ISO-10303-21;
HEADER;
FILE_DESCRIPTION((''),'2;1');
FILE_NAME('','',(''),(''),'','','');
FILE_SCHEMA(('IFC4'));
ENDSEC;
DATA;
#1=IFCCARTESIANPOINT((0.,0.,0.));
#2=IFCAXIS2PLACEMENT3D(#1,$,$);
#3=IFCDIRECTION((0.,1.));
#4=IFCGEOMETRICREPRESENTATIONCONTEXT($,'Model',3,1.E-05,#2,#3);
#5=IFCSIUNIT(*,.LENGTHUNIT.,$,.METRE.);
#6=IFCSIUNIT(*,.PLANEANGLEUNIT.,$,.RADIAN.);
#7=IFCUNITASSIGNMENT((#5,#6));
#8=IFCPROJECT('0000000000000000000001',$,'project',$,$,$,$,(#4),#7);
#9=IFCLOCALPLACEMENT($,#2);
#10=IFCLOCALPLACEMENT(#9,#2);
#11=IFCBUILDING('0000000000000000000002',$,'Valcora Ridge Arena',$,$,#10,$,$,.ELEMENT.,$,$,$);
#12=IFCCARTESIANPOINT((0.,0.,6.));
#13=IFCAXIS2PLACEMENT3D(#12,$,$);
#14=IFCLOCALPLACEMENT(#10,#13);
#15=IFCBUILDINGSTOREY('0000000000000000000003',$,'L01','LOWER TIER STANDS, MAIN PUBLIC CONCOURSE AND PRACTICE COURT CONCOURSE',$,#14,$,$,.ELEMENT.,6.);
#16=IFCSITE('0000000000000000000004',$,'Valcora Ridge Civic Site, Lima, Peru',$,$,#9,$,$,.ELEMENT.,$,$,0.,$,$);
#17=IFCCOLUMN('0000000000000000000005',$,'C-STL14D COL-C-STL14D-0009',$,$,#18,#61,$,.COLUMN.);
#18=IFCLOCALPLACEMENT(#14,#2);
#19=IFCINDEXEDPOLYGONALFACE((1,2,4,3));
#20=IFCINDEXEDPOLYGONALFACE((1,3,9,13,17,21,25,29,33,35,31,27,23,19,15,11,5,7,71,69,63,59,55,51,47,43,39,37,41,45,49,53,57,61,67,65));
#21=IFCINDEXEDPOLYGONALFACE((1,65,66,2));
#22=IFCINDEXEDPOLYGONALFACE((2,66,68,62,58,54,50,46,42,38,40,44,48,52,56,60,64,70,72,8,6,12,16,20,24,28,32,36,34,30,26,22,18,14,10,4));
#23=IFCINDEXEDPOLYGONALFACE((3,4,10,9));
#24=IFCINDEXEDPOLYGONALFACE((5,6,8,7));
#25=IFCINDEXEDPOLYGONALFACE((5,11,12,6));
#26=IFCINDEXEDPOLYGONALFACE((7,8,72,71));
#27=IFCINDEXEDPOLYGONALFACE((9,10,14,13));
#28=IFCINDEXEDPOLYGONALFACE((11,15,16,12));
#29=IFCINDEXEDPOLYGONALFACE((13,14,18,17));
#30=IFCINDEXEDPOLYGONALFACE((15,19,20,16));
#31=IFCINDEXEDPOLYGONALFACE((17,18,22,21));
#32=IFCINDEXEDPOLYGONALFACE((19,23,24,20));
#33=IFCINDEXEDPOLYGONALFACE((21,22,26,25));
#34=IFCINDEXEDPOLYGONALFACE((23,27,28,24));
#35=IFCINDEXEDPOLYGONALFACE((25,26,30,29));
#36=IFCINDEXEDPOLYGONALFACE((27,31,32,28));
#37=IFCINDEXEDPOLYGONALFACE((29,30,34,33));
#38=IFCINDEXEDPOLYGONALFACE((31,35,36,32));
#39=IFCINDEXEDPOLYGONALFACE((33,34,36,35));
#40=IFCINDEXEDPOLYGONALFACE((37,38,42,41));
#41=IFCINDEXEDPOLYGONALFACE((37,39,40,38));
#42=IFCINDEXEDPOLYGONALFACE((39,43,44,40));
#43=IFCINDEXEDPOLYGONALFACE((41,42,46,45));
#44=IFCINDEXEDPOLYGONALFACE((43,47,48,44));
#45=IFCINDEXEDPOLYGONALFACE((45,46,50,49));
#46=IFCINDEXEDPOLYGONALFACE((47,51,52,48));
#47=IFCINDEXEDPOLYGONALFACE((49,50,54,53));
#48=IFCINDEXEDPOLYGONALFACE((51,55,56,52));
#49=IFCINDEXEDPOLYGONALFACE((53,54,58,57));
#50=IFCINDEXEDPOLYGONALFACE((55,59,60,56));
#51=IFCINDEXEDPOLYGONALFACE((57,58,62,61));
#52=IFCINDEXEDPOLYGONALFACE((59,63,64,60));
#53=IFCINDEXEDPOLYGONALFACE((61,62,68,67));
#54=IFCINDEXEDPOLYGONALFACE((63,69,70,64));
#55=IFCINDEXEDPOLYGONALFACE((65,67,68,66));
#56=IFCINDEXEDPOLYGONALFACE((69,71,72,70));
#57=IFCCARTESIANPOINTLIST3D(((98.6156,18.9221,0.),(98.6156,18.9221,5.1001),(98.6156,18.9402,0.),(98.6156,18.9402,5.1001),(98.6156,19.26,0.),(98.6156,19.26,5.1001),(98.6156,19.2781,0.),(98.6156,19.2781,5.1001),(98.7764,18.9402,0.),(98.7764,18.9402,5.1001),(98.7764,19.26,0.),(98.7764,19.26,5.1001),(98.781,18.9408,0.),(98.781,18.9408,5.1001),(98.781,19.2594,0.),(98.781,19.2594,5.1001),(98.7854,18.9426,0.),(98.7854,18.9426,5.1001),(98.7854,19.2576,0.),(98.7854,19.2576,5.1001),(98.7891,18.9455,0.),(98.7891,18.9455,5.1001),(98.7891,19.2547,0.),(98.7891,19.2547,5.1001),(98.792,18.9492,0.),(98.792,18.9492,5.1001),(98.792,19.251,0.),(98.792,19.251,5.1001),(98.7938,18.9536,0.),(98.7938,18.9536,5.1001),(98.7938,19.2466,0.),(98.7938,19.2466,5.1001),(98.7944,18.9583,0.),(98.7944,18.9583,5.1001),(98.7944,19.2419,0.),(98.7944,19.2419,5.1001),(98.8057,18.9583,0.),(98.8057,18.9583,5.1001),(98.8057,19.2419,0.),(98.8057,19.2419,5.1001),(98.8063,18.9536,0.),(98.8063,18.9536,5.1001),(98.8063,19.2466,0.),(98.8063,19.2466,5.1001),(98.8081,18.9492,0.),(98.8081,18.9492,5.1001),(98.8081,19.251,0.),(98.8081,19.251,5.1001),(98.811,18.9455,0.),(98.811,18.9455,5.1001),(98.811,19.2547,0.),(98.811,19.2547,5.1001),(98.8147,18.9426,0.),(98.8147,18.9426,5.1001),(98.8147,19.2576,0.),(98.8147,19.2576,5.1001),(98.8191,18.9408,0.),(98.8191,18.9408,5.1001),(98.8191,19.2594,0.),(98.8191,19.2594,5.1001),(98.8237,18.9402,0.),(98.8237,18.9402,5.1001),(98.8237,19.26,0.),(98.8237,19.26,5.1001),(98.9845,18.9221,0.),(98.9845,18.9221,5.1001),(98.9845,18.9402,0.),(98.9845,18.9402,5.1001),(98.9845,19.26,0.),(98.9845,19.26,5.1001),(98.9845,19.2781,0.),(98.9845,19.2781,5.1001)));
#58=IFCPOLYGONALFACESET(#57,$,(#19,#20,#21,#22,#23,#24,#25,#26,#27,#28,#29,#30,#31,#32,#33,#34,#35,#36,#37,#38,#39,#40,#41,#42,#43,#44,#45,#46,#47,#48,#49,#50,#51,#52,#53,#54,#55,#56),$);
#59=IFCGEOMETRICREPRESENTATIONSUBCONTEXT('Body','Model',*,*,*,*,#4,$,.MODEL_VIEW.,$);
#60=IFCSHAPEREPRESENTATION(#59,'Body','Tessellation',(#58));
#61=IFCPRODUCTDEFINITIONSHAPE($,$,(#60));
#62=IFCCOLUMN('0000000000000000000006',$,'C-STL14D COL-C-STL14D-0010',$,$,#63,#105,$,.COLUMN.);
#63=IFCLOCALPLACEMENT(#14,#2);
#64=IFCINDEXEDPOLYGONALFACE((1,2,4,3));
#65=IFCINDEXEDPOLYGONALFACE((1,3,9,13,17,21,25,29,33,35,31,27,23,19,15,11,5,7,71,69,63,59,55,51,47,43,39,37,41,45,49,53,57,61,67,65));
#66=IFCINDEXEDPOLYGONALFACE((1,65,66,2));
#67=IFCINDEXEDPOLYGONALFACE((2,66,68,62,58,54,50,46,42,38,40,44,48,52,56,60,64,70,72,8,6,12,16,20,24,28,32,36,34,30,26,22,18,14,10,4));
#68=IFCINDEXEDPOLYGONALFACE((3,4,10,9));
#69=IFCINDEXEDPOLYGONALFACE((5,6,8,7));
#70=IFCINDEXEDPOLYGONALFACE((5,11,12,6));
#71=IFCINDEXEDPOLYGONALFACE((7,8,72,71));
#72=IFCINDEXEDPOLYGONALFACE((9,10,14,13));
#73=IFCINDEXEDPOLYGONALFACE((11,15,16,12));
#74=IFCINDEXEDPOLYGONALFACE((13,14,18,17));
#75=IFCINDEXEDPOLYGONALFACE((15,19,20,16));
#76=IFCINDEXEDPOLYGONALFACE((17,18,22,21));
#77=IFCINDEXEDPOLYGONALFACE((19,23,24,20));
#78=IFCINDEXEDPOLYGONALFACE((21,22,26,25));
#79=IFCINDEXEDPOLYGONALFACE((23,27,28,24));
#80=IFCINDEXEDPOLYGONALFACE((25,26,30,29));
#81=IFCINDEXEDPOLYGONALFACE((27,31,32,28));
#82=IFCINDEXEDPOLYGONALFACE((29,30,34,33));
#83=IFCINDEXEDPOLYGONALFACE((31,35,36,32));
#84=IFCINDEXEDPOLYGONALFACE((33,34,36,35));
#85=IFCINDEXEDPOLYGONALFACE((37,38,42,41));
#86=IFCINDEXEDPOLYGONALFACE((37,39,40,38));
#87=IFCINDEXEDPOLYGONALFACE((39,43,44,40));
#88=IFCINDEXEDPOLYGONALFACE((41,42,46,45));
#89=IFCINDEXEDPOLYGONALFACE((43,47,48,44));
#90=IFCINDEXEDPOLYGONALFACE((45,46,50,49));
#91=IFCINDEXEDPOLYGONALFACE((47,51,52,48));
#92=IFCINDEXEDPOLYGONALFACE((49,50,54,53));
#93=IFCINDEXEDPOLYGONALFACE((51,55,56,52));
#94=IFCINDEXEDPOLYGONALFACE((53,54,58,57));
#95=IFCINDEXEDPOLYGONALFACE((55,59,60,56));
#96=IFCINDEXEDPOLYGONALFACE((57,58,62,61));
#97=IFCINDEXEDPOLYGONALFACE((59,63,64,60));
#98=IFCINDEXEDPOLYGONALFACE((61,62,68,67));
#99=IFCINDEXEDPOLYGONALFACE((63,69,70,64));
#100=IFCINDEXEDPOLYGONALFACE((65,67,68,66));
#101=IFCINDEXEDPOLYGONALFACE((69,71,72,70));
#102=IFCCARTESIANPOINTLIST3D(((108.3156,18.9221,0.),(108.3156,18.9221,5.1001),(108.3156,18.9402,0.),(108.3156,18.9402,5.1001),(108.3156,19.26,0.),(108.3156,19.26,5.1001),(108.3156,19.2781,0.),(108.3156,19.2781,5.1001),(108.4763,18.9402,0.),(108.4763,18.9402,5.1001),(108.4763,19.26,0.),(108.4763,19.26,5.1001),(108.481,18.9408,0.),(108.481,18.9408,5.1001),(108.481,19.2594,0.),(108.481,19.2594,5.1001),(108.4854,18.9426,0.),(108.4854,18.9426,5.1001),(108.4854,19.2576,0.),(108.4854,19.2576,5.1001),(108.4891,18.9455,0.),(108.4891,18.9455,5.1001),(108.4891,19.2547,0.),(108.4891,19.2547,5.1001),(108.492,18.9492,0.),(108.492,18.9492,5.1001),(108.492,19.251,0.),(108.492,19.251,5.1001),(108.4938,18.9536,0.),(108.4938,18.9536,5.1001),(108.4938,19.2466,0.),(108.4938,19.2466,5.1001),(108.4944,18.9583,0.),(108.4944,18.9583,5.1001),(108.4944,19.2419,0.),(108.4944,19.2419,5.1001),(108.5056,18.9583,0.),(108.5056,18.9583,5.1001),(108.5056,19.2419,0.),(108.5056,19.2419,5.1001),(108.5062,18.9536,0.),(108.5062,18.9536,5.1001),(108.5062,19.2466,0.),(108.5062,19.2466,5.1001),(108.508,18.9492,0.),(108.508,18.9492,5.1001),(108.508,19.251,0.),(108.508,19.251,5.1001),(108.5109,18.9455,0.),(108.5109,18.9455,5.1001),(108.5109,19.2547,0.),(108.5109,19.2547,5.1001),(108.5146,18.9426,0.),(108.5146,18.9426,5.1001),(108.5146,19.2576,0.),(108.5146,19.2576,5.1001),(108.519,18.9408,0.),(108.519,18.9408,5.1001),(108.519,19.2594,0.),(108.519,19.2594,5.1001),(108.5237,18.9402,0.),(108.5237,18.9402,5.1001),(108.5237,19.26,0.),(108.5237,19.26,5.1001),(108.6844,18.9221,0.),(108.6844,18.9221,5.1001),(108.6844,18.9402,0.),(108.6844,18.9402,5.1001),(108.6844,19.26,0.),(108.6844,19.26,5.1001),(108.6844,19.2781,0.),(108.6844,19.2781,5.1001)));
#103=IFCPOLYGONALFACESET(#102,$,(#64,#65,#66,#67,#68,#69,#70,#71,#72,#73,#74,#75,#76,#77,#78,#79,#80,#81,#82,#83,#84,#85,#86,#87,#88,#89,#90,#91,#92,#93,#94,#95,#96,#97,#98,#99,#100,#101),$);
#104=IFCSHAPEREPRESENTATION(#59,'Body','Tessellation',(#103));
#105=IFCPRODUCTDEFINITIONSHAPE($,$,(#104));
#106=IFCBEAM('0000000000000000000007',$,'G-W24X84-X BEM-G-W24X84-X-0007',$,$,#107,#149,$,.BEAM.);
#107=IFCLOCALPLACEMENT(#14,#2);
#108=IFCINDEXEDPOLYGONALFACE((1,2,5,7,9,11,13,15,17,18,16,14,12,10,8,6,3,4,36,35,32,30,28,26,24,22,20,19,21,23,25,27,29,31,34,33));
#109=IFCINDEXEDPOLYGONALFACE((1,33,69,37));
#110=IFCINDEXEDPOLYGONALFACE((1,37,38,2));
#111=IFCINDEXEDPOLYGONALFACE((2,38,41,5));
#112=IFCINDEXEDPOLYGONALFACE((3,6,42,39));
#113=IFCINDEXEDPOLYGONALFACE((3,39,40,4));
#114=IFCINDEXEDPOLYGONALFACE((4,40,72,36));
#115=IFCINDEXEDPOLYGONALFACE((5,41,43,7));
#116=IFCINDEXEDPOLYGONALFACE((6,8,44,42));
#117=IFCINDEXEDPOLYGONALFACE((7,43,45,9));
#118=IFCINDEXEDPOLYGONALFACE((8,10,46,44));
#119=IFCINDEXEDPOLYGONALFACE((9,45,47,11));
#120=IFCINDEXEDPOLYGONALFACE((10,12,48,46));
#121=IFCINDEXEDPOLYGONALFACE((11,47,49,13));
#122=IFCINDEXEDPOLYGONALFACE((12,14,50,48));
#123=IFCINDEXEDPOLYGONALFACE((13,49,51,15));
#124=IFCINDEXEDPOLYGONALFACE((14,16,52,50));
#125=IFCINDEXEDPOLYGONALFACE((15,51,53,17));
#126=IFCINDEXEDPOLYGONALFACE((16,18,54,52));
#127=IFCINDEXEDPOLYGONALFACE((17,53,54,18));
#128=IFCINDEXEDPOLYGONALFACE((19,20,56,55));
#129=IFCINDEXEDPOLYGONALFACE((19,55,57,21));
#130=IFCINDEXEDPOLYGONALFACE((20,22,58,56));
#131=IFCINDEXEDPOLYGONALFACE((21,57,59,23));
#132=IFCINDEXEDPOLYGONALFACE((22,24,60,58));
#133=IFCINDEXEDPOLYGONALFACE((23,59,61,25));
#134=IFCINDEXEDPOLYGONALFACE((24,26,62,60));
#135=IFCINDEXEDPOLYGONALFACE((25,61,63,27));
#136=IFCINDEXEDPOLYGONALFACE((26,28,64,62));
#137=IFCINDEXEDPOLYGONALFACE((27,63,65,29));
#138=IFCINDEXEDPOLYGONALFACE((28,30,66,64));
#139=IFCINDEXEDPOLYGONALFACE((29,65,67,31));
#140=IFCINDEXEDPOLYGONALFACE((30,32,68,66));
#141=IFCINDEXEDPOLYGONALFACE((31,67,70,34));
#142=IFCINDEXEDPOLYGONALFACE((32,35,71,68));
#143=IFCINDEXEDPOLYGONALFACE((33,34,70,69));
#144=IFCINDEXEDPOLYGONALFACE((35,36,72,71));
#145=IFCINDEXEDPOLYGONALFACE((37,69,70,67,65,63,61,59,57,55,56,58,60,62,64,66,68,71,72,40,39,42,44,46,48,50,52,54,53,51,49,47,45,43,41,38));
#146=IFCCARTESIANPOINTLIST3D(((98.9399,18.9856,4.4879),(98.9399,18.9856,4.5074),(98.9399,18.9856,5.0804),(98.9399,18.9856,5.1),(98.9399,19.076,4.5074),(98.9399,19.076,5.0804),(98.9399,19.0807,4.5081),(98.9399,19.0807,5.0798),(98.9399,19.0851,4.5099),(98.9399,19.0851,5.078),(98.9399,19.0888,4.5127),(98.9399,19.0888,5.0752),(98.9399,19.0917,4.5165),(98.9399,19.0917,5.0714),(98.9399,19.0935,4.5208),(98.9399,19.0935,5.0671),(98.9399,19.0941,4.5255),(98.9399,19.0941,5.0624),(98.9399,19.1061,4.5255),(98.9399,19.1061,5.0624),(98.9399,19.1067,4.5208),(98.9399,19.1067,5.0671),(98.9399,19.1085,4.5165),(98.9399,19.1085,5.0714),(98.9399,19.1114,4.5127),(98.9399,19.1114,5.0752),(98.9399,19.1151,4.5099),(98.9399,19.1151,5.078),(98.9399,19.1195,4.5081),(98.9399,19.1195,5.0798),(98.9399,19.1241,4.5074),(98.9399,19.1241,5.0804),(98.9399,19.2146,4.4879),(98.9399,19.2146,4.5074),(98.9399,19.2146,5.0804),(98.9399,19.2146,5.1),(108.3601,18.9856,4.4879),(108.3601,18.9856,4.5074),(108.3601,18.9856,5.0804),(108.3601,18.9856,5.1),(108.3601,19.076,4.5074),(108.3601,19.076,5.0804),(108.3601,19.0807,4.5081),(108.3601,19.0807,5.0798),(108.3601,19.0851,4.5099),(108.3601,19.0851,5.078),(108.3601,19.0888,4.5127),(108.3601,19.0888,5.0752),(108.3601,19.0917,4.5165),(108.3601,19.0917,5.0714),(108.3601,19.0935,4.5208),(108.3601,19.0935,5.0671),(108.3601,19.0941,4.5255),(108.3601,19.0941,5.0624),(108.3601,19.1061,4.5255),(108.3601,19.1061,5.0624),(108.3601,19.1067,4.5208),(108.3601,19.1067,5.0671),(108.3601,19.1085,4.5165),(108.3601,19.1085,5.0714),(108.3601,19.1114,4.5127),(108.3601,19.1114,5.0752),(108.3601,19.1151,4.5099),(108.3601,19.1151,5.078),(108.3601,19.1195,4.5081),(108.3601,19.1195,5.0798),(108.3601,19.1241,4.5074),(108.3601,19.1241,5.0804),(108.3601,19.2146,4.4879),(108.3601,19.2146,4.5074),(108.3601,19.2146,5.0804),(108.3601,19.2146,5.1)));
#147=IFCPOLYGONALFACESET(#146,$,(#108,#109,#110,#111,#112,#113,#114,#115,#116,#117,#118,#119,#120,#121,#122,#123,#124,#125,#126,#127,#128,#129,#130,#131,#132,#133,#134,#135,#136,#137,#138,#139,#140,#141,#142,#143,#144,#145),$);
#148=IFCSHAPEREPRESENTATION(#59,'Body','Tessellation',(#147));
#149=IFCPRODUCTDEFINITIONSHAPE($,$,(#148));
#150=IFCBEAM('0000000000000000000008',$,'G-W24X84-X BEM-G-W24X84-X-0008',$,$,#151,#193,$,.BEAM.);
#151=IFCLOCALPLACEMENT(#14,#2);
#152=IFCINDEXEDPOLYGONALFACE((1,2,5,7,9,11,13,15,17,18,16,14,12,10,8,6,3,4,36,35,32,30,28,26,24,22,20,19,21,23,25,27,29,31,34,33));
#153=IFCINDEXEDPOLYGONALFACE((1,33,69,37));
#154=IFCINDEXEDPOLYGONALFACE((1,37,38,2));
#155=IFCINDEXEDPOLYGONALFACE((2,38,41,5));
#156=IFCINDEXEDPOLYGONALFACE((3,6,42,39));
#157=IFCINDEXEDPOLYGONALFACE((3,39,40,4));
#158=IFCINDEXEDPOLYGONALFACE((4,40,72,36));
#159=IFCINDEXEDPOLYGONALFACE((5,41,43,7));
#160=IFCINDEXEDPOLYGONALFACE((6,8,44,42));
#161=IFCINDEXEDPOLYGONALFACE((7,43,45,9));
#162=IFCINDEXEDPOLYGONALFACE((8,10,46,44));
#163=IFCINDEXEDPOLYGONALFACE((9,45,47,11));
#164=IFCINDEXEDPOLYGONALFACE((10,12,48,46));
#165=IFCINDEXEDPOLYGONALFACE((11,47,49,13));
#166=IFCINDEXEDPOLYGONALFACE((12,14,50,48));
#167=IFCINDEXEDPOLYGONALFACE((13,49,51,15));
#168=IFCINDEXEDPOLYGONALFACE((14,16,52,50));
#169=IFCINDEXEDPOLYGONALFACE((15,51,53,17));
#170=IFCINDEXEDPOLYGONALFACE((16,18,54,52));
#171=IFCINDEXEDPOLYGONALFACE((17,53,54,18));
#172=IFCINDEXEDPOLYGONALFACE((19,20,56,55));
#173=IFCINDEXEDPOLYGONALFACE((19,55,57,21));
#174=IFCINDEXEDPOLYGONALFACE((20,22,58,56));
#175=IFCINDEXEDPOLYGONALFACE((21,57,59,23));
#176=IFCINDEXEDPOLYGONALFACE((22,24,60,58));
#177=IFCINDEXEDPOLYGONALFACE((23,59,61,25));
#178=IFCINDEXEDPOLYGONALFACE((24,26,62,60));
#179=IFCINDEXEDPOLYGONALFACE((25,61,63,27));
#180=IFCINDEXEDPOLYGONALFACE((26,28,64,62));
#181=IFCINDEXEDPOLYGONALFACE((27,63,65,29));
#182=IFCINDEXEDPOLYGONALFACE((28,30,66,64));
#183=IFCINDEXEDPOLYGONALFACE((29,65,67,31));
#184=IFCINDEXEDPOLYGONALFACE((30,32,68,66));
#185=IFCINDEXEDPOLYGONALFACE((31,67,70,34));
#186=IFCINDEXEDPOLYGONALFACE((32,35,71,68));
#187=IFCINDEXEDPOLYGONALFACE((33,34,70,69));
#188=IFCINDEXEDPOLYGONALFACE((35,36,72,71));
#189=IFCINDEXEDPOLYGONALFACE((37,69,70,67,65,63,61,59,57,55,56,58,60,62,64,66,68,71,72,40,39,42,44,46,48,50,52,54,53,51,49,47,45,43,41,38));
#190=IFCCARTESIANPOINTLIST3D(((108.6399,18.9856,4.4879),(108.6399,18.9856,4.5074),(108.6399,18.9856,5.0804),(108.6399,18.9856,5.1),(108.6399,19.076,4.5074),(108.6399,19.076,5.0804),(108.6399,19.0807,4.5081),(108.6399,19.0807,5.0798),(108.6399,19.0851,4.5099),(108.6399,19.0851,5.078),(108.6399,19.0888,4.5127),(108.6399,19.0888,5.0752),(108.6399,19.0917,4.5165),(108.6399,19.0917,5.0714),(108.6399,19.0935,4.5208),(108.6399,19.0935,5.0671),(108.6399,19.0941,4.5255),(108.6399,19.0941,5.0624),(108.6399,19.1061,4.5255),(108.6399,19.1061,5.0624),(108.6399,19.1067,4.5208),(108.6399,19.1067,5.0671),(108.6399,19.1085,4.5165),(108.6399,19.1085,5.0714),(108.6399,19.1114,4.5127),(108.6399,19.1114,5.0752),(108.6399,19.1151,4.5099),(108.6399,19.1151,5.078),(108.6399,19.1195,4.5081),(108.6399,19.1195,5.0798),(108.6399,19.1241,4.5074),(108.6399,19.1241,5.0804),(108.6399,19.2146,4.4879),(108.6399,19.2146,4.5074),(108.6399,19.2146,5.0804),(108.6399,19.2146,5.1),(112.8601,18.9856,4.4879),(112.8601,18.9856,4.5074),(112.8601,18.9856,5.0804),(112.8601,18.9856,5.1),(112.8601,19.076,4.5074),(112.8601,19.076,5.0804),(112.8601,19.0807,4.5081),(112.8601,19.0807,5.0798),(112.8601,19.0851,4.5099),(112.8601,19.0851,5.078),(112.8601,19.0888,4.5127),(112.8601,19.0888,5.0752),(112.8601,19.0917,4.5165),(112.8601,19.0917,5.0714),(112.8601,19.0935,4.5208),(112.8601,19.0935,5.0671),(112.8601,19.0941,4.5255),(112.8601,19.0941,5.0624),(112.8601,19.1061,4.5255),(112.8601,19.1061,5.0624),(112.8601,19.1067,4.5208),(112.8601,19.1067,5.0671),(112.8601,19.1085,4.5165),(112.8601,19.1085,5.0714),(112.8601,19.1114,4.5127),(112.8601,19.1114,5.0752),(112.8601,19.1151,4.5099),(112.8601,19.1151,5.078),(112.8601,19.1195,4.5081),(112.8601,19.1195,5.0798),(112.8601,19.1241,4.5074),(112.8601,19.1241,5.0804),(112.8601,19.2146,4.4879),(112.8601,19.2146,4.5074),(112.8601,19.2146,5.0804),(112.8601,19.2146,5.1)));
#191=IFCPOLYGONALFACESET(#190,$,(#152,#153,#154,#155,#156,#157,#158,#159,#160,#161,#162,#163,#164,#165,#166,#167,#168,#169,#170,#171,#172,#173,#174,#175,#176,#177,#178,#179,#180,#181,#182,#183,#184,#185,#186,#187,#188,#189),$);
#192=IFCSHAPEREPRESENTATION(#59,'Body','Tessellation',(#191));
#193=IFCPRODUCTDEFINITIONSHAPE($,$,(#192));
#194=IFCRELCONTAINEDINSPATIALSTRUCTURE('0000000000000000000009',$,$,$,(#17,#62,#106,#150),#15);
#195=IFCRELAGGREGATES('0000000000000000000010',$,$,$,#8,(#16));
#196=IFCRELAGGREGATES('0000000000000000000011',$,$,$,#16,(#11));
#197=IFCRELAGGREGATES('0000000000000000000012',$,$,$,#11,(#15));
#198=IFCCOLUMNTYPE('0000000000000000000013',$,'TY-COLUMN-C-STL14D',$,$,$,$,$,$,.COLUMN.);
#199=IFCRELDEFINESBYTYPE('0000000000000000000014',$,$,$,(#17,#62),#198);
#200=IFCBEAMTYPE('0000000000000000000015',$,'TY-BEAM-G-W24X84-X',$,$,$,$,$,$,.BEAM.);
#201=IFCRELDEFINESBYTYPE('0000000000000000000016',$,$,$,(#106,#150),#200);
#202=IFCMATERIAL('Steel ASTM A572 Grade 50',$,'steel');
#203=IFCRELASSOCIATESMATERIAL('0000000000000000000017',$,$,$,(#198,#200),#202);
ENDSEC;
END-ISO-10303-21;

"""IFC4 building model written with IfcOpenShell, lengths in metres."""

from ifc_helpers import new_model, si_unit, direction, frame, origin, origin_2d, place, context, subcontext, project, spatial, i_section, extrude, material, material_profile, profile_set, type_object, element, save


model = new_model("IFC4")

# Units and contexts
model_context = context("Model", 3, precision=1e-05, world=origin(), true_north=direction((0.0, 1.0)))
body_context = subcontext(model_context, "Body", "Model", "MODEL_VIEW")
ifc_project = project(units=[si_unit("LENGTHUNIT", "METRE"), si_unit("PLANEANGLEUNIT", "RADIAN")], contexts=[model_context])

# Site, building, storey
site_placement = place(None, origin())
site = spatial("IfcSite", under=ifc_project, at=site_placement, Name="Valcora Ridge Civic Site, Lima, Peru", CompositionType="ELEMENT", RefElevation=0.0)
building_placement = place(site_placement, origin())
building = spatial("IfcBuilding", under=site, at=building_placement, Name="Valcora Ridge Arena", CompositionType="ELEMENT")
storey_placement = place(building_placement, frame((0.0, 0.0, 6.0)))
storey = spatial("IfcBuildingStorey", under=building, at=storey_placement, Name="L01", Description="LOWER TIER STANDS, MAIN PUBLIC CONCOURSE AND PRACTICE COURT CONCOURSE", CompositionType="ELEMENT", Elevation=6.0)

# Columns
ifc_material_1 = material(Name="Steel ASTM A572 Grade 50", Category="steel")
ifc_material_profile_1 = material_profile(ifc_material_1, i_section(OverallWidth=0.3689, OverallDepth=0.356, WebThickness=0.0112, FlangeThickness=0.0181, FilletRadius=0.0181, at=origin_2d()), Name="W14X90")
ifc_profile_set_1 = profile_set([ifc_material_profile_1], Name="Steel ASTM A572 Grade 50")
column_type = type_object("IfcColumnType", Name="TY-COLUMN-C-STL14D", PredefinedType="COLUMN", material=ifc_profile_set_1)
for number, where, z_axis, x_axis, name in (
    (1, (98.8, 19.1001, 0.0), (0.0, 0.0, 1.0), (1.0, 0.0, 0.0), "C-STL14D COL-C-STL14D-0009"),
    (2, (108.5, 19.1001, 0.0), (0.0, 0.0, 1.0), (1.0, 0.0, 0.0), "C-STL14D COL-C-STL14D-0010"),
):
    element("IfcColumn", number, at=place(storey_placement, frame(where, z_axis=z_axis, x_axis=x_axis)), inside=storey, type_object=column_type, Name=name, PredefinedType="COLUMN", context=body_context, shape_type="SweptSolid", body=[
        extrude(i_section(OverallWidth=0.3689, OverallDepth=0.356, WebThickness=0.0112, FlangeThickness=0.0181, FilletRadius=0.0181, at=origin_2d()), origin(), (0.0, 0.0, 1.0), 5.1001),
    ])

# Beams
ifc_material_profile_2 = material_profile(ifc_material_1, i_section(OverallWidth=0.229, OverallDepth=0.6121, WebThickness=0.012, FlangeThickness=0.0195, FilletRadius=0.0181, at=origin_2d()), Name="W24X84")
ifc_profile_set_2 = profile_set([ifc_material_profile_2], Name="Steel ASTM A572 Grade 50")
beam_type_1 = type_object("IfcBeamType", Name="TY-BEAM-G-W24X84-X", PredefinedType="BEAM", material=ifc_profile_set_2)
beam_1_placement = place(storey_placement, frame((98.9399, 19.1001, 4.7939), z_axis=(1.0, 0.0, 0.0), x_axis=(0.0, 1.0, 0.0)))
element("IfcBeam", 3, at=beam_1_placement, inside=storey, type_object=beam_type_1, Name="G-W24X84-X BEM-G-W24X84-X-0007", PredefinedType="BEAM", context=body_context, shape_type="SweptSolid", body=[
    extrude(i_section(OverallWidth=0.229, OverallDepth=0.6121, WebThickness=0.012, FlangeThickness=0.0195, FilletRadius=0.0181, at=origin_2d()), origin(), (0.0, 0.0, 1.0), 9.4202),
])
beam_2_placement = place(storey_placement, frame((108.6399, 19.1001, 4.7939), z_axis=(1.0, 0.0, 0.0), x_axis=(0.0, 1.0, 0.0)))
element("IfcBeam", 4, at=beam_2_placement, inside=storey, type_object=beam_type_1, Name="G-W24X84-X BEM-G-W24X84-X-0008", PredefinedType="BEAM", context=body_context, shape_type="SweptSolid", body=[
    extrude(i_section(OverallWidth=0.229, OverallDepth=0.6121, WebThickness=0.012, FlangeThickness=0.0195, FilletRadius=0.0181, at=origin_2d()), origin(), (0.0, 0.0, 1.0), 4.2202),
])

save(model, "model.ifc")
